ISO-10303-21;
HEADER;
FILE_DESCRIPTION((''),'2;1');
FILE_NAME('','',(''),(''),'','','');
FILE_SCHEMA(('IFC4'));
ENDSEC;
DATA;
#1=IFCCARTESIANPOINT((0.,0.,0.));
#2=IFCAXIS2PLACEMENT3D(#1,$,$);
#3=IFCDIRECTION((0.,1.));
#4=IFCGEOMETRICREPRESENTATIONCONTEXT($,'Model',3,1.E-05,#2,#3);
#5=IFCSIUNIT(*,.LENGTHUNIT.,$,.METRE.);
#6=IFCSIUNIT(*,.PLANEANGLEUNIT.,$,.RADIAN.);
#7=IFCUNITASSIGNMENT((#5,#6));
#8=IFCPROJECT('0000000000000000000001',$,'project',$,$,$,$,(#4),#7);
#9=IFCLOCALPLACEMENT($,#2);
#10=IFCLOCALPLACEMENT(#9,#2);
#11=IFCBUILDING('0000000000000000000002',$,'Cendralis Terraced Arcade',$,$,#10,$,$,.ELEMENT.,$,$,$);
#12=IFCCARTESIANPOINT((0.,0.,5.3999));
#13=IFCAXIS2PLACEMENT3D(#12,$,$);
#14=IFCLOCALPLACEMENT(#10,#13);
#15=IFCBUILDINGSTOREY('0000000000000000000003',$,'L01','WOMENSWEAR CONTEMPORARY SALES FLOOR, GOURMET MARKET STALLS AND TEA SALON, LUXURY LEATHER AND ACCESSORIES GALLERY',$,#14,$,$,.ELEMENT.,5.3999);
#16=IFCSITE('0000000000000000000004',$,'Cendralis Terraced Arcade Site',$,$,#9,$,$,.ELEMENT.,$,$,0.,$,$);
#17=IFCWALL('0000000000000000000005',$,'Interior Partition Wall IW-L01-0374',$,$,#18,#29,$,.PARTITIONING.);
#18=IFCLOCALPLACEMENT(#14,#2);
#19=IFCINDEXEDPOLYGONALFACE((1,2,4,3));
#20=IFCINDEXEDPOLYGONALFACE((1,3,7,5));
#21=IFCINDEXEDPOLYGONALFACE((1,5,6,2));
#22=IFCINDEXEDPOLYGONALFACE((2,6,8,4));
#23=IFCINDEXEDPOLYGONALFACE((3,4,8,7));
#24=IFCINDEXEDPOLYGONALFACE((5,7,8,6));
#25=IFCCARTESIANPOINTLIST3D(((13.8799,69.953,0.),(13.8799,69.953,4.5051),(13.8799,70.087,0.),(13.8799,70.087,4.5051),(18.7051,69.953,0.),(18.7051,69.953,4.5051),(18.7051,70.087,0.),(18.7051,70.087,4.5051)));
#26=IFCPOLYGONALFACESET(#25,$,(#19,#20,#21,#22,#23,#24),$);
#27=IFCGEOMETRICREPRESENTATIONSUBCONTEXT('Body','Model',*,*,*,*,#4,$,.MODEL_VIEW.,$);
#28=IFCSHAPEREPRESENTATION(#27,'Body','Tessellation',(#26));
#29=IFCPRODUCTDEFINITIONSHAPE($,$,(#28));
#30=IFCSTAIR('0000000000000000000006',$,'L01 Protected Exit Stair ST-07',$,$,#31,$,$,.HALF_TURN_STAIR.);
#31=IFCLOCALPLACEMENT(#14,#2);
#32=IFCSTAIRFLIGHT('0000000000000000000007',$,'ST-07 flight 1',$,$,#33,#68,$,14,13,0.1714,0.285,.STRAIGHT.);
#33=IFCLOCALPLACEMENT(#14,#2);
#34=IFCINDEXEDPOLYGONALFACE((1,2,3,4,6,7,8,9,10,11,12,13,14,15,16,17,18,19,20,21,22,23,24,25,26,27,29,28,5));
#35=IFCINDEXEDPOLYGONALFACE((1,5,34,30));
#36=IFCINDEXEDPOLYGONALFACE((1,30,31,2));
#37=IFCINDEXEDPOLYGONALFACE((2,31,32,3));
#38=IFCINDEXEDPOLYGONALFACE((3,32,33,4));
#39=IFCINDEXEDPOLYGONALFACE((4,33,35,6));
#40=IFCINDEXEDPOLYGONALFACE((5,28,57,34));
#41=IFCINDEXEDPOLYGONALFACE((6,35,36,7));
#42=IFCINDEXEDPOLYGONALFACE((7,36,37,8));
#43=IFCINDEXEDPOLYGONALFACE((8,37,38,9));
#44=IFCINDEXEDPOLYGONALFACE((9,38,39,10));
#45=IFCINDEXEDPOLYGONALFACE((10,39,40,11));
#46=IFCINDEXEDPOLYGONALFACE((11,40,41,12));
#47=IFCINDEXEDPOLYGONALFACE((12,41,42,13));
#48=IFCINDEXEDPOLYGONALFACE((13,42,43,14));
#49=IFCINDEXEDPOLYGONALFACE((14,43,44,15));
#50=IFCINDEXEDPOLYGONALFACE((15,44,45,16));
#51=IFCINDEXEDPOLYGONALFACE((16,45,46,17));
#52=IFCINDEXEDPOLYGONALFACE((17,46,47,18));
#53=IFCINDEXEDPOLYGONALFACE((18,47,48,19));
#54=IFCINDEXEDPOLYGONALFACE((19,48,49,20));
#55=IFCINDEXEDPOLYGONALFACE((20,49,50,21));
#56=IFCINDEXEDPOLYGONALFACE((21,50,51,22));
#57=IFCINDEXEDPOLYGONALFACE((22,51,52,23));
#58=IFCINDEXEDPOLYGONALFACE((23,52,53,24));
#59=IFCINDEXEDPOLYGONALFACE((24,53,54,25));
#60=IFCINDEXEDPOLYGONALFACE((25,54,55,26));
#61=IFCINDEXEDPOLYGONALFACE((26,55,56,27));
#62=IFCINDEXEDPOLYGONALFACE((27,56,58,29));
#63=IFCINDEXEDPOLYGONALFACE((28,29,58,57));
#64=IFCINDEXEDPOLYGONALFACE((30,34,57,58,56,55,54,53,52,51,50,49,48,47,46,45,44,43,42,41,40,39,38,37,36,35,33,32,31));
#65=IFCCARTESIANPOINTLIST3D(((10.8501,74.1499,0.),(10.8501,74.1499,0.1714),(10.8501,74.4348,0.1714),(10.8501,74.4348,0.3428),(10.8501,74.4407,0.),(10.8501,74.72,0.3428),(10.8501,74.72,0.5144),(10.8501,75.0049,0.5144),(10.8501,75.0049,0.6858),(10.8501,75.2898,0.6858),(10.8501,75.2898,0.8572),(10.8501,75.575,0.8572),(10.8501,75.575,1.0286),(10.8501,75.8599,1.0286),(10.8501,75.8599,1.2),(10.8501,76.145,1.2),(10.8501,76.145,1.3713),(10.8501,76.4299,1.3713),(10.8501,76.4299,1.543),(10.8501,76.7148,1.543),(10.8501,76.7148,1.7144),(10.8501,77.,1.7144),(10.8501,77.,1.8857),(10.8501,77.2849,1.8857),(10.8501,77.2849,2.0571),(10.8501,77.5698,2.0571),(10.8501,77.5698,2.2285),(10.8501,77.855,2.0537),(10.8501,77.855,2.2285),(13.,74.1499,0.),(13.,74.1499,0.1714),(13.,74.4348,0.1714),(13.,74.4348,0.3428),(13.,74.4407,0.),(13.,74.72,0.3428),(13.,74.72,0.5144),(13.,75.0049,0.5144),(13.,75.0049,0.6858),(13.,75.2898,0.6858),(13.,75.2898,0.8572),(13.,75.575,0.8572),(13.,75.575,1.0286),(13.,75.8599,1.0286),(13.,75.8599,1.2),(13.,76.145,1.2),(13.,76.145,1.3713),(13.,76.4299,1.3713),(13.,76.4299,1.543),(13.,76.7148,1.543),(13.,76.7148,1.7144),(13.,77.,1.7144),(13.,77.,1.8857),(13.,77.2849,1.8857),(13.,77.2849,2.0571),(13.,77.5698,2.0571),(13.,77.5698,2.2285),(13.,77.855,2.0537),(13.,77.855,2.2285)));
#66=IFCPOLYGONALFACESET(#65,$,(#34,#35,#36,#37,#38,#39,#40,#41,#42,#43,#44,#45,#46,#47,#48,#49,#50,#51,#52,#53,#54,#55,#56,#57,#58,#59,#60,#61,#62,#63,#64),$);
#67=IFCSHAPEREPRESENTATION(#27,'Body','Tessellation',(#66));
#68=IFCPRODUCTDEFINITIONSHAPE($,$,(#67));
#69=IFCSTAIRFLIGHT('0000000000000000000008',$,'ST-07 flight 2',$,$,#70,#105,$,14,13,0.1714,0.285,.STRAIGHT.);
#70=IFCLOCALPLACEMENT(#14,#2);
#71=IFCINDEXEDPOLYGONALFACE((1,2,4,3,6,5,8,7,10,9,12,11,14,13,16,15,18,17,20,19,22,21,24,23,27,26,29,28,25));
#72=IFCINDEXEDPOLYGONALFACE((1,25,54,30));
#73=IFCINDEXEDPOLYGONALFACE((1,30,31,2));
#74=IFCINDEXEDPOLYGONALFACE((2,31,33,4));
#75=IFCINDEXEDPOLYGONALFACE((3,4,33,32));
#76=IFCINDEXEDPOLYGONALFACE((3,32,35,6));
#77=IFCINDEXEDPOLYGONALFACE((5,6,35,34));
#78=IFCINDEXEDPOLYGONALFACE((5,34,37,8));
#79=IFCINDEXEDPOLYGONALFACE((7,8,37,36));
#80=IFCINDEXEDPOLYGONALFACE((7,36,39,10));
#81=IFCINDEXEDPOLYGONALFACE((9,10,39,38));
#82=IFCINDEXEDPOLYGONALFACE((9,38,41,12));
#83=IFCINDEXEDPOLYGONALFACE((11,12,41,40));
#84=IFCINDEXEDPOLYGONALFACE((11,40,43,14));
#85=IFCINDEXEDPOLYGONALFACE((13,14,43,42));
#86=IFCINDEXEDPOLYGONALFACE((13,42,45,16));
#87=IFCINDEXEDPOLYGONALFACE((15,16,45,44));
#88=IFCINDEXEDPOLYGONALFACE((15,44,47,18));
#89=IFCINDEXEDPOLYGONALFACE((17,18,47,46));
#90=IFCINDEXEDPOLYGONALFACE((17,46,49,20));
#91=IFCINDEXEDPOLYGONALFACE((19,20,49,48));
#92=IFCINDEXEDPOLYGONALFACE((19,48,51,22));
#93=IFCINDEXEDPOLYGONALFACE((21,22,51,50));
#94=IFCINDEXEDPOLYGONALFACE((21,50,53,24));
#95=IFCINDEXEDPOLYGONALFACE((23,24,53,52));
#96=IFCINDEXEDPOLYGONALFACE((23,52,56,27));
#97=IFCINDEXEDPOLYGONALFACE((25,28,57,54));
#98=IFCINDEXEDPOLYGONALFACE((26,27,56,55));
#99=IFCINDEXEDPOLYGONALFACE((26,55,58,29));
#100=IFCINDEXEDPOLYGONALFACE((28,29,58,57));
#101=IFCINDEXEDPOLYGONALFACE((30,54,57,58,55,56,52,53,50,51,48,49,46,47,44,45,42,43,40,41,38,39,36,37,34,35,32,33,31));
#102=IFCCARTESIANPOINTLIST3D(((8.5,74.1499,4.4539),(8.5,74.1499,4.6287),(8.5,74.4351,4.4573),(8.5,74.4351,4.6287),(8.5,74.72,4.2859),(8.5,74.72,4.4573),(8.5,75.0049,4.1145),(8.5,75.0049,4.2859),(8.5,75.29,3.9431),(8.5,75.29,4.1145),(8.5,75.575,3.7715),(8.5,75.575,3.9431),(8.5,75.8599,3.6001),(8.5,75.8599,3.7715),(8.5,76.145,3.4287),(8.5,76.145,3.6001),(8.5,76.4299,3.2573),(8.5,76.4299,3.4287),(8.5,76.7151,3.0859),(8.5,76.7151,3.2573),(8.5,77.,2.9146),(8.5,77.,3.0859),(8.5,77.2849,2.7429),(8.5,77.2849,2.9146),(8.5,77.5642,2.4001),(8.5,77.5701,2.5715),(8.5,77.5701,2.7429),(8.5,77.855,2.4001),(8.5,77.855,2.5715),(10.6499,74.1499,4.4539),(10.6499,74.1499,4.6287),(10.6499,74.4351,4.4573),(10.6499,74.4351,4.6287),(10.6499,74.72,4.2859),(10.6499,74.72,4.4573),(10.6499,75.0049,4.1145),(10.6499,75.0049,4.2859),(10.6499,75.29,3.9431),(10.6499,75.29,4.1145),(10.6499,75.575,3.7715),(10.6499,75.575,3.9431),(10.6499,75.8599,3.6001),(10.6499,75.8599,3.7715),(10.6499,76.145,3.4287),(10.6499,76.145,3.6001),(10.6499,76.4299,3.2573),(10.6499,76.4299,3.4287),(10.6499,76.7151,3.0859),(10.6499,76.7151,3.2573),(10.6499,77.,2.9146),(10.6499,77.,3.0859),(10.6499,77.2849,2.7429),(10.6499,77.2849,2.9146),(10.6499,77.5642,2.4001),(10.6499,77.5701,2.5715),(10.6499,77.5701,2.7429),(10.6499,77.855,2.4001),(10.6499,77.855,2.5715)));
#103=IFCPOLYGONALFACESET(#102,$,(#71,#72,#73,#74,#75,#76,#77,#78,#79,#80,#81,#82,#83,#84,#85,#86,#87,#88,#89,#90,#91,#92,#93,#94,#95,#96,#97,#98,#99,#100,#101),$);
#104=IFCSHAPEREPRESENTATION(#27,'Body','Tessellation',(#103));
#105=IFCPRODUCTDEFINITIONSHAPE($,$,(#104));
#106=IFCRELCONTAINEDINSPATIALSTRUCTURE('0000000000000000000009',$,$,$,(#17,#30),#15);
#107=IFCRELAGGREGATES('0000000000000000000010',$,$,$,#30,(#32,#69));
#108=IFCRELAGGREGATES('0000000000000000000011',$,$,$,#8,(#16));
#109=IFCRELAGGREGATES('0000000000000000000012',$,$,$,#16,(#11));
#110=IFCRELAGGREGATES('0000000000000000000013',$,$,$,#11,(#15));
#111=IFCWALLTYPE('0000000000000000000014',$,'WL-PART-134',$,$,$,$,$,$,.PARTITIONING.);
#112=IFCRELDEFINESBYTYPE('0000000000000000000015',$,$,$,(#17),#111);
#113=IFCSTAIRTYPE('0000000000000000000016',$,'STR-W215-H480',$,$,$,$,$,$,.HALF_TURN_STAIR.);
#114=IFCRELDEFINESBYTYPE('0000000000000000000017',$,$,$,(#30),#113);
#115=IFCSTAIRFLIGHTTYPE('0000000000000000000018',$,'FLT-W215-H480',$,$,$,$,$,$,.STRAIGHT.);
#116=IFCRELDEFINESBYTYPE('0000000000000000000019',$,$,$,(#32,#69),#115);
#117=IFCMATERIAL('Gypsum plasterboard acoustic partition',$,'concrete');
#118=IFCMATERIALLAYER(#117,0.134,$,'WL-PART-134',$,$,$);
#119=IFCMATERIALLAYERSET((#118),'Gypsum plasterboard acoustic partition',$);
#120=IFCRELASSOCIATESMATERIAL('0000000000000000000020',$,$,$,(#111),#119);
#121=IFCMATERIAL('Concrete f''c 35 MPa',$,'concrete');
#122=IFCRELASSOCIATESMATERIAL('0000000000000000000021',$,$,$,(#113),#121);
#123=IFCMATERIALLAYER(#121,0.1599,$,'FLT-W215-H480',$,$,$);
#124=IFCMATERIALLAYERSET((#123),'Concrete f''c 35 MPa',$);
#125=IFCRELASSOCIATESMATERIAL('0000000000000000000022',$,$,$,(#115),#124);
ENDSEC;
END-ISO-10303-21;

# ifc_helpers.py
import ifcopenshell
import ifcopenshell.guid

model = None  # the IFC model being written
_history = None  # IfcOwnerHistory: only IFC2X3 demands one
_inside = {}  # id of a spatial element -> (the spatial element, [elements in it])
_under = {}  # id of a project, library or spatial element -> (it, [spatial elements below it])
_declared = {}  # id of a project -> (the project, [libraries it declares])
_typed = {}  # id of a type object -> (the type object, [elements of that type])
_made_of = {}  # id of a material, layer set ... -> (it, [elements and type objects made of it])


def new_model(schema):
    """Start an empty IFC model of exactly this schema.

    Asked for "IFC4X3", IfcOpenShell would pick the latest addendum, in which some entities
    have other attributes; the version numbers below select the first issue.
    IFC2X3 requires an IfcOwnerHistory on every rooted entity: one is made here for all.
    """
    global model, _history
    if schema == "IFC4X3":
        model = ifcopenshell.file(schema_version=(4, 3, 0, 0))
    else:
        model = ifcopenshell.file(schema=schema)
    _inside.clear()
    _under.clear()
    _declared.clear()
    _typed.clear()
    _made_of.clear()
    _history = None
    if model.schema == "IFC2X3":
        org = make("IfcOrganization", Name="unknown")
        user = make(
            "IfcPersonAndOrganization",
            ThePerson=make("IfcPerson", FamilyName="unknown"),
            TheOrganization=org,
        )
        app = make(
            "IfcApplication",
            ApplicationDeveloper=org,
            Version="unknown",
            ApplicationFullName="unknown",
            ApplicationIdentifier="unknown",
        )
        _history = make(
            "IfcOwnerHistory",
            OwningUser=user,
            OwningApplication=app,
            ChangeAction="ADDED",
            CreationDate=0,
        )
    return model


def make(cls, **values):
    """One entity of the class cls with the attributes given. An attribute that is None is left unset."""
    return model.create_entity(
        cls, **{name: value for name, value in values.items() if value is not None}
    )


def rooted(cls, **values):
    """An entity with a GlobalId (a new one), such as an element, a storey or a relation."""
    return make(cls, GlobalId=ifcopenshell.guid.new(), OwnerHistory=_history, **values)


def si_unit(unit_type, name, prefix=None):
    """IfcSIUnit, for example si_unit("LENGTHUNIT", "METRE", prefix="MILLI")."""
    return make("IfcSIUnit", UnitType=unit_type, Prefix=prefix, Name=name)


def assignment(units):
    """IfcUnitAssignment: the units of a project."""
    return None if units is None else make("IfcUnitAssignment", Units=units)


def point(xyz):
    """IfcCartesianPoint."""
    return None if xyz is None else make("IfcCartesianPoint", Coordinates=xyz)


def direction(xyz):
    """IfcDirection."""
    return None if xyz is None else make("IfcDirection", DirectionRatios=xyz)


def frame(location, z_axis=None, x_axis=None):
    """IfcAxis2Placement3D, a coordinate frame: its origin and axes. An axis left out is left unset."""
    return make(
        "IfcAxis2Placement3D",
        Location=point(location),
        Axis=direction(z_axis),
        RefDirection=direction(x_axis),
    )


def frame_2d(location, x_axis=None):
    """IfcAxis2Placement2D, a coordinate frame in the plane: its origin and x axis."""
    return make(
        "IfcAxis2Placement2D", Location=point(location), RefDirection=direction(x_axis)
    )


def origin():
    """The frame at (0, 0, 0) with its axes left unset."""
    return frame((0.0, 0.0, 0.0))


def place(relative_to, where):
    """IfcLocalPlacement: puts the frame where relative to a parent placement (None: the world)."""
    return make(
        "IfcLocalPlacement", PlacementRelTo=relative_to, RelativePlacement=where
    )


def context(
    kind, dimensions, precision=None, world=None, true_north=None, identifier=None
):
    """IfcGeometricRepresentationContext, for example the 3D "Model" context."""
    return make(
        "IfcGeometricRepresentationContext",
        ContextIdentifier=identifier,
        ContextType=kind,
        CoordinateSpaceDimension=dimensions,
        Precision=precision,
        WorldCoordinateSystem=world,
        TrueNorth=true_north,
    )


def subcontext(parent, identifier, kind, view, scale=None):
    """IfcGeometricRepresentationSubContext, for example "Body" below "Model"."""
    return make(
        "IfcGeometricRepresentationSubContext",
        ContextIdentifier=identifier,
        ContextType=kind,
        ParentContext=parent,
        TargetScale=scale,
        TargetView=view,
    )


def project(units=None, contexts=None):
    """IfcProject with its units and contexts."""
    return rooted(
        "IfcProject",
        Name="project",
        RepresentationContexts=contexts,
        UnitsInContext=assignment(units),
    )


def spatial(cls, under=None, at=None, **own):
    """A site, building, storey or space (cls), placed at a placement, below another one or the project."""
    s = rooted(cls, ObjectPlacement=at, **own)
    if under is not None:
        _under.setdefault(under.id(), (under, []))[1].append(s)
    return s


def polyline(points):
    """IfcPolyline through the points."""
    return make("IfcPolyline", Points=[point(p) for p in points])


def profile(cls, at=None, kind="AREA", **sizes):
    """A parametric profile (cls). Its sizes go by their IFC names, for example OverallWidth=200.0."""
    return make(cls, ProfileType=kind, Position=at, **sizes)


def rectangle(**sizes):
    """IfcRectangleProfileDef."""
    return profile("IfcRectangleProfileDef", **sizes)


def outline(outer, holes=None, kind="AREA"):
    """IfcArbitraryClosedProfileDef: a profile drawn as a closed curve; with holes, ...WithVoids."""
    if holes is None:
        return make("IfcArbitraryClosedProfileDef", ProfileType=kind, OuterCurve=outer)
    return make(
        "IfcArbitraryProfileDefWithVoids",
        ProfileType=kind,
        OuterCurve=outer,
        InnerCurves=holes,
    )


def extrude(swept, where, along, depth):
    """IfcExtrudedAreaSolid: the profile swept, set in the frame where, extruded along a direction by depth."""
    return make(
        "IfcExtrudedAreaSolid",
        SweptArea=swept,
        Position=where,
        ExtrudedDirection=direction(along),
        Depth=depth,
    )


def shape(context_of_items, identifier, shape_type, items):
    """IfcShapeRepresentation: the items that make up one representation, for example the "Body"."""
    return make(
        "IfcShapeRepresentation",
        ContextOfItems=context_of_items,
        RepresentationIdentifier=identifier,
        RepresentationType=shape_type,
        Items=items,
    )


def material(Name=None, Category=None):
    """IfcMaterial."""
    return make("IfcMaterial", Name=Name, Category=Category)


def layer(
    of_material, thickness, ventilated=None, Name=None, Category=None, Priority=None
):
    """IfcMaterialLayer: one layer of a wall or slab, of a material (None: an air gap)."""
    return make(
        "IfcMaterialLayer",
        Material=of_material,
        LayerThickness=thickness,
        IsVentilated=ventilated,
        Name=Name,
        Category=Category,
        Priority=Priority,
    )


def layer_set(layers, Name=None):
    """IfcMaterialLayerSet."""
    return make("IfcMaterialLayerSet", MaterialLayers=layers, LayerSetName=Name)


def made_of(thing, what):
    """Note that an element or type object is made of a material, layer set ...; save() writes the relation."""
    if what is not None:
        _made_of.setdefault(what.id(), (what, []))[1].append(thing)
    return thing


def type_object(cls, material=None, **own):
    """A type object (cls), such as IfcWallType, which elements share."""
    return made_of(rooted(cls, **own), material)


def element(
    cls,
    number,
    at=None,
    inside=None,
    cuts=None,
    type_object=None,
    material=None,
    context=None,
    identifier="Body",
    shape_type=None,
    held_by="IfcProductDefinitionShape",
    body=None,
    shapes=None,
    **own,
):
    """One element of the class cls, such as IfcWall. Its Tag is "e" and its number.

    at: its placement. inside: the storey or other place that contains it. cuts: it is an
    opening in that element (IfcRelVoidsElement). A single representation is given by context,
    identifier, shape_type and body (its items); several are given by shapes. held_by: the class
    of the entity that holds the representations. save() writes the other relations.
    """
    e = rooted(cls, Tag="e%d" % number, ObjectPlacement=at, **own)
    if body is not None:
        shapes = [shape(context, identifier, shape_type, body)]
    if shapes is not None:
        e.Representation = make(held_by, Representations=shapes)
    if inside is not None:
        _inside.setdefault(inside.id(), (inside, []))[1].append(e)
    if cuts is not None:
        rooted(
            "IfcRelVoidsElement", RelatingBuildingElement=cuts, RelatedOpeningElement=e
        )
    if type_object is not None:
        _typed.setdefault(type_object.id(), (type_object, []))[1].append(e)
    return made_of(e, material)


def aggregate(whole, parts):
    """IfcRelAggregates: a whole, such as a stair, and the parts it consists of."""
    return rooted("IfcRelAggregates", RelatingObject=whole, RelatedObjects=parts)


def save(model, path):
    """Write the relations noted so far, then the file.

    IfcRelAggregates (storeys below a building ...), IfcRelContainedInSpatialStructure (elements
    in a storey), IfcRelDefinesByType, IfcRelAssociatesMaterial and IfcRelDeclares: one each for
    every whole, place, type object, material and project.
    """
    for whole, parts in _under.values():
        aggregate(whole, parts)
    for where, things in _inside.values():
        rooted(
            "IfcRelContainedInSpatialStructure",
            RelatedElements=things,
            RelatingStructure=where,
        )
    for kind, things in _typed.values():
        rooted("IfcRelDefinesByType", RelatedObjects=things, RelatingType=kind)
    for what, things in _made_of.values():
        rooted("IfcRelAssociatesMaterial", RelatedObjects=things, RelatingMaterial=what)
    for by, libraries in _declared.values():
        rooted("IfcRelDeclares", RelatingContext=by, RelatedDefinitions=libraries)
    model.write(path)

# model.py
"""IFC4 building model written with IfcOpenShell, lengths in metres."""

from ifc_helpers import new_model, si_unit, direction, frame, frame_2d, origin, place, context, subcontext, project, spatial, polyline, rectangle, outline, extrude, material, layer, layer_set, type_object, element, aggregate, save


model = new_model("IFC4")

# Units and contexts
model_context = context("Model", 3, precision=1e-05, world=origin(), true_north=direction((0.0, 1.0)))
body_context = subcontext(model_context, "Body", "Model", "MODEL_VIEW")
ifc_project = project(units=[si_unit("LENGTHUNIT", "METRE"), si_unit("PLANEANGLEUNIT", "RADIAN")], contexts=[model_context])

# Site, building, storey
site_placement = place(None, origin())
site = spatial("IfcSite", under=ifc_project, at=site_placement, Name="Cendralis Terraced Arcade Site", CompositionType="ELEMENT", RefElevation=0.0)
building_placement = place(site_placement, origin())
building = spatial("IfcBuilding", under=site, at=building_placement, Name="Cendralis Terraced Arcade", CompositionType="ELEMENT")
storey_placement = place(building_placement, frame((0.0, 0.0, 5.3999)))
storey = spatial("IfcBuildingStorey", under=building, at=storey_placement, Name="L01", Description="WOMENSWEAR CONTEMPORARY SALES FLOOR, GOURMET MARKET STALLS AND TEA SALON, LUXURY LEATHER AND ACCESSORIES GALLERY", CompositionType="ELEMENT", Elevation=5.3999)

# Wall
ifc_material_1 = material(Name="Gypsum plasterboard acoustic partition", Category="concrete")
ifc_layer_1 = layer(ifc_material_1, 0.134, Name="WL-PART-134")
ifc_layer_set_1 = layer_set([ifc_layer_1], Name="Gypsum plasterboard acoustic partition")
wall_type_1 = type_object("IfcWallType", Name="WL-PART-134", PredefinedType="PARTITIONING", material=ifc_layer_set_1)
wall_1_placement = place(storey_placement, frame((13.8799, 70.02, 0.0), z_axis=(0.0, 0.0, 1.0), x_axis=(1.0, 0.0, 0.0)))
element("IfcWall", 1, at=wall_1_placement, inside=storey, type_object=wall_type_1, Name="Interior Partition Wall IW-L01-0374", PredefinedType="PARTITIONING", context=body_context, shape_type="SweptSolid", body=[
    extrude(rectangle(XDim=4.8252, YDim=0.134, at=frame_2d((2.4126, 0.0))), origin(), (0.0, 0.0, 1.0), 4.5051),
])

# Stair, stair flights
ifc_material_2 = material(Name="Concrete f'c 35 MPa", Category="concrete")
stair_type = type_object("IfcStairType", Name="STR-W215-H480", PredefinedType="HALF_TURN_STAIR", material=ifc_material_2)
stair_placement = place(storey_placement, origin())
stair = element("IfcStair", 2, at=stair_placement, inside=storey, type_object=stair_type, Name="L01 Protected Exit Stair ST-07", PredefinedType="HALF_TURN_STAIR")
ifc_layer_2 = layer(ifc_material_2, 0.1599, Name="FLT-W215-H480")
ifc_layer_set_2 = layer_set([ifc_layer_2], Name="Concrete f'c 35 MPa")
stair_flight_type = type_object("IfcStairFlightType", Name="FLT-W215-H480", PredefinedType="STRAIGHT", material=ifc_layer_set_2)
stair_flight_1_placement = place(storey_placement, frame((11.925, 74.1499, 0.0), z_axis=(0.0, 0.0, 1.0), x_axis=(0.0, 1.0, 0.0)))
stair_flight_1 = element("IfcStairFlight", 3, at=stair_flight_1_placement, type_object=stair_flight_type, Name="ST-07 flight 1", NumberOfRisers=14, NumberOfTreads=13, PredefinedType="STRAIGHT", RiserHeight=0.1714, TreadLength=0.285, context=body_context, shape_type="SweptSolid", body=[
    extrude(outline(polyline([(0.0, 0.0), (0.0, 0.1714), (0.2849, 0.1714), (0.2849, 0.3428), (0.5701, 0.3428), (0.5701, 0.5144), (0.855, 0.5144), (0.855, 0.6858), (1.1399, 0.6858), (1.1399, 0.8572), (1.425, 0.8572), (1.425, 1.0286), (1.71, 1.0286), (1.71, 1.2), (1.9951, 1.2), (1.9951, 1.3713), (2.28, 1.3713), (2.28, 1.543), (2.5649, 1.543), (2.5649, 1.7144), (2.8501, 1.7144), (2.8501, 1.8857), (3.135, 1.8857), (3.135, 2.0571), (3.4199, 2.0571), (3.4199, 2.2285), (3.7051, 2.2285), (3.7051, 2.3999), (3.7051, 2.0537), (0.2908, 0.0), (0.0, 0.0)])), frame((0.0, 1.075, 0.0), z_axis=(0.0, -1.0, 0.0), x_axis=(1.0, 0.0, 0.0)), (0.0, 0.0, 1.0), 2.1499),
])
stair_flight_2_placement = place(storey_placement, frame((9.575, 77.855, 2.4001), z_axis=(0.0, 0.0, 1.0), x_axis=(0.0, -1.0, 0.0)))
stair_flight_2 = element("IfcStairFlight", 4, at=stair_flight_2_placement, type_object=stair_flight_type, Name="ST-07 flight 2", NumberOfRisers=14, NumberOfTreads=13, PredefinedType="STRAIGHT", RiserHeight=0.1714, TreadLength=0.285, context=body_context, shape_type="SweptSolid", body=[
    extrude(outline(polyline([(0.0, 0.0), (0.0, 0.1714), (0.2849, 0.1714), (0.2849, 0.3428), (0.5701, 0.3428), (0.5701, 0.5144), (0.855, 0.5144), (0.855, 0.6858), (1.1399, 0.6858), (1.1399, 0.8572), (1.425, 0.8572), (1.425, 1.0286), (1.71, 1.0286), (1.71, 1.2), (1.9951, 1.2), (1.9951, 1.3713), (2.28, 1.3713), (2.28, 1.543), (2.5649, 1.543), (2.5649, 1.7144), (2.8501, 1.7144), (2.8501, 1.8857), (3.135, 1.8857), (3.135, 2.0571), (3.4199, 2.0571), (3.4199, 2.2285), (3.7051, 2.2285), (3.7051, 2.3999), (3.7051, 2.0537), (0.2908, 0.0), (0.0, 0.0)])), frame((0.0, 1.075, 0.0), z_axis=(0.0, -1.0, 0.0), x_axis=(1.0, 0.0, 0.0)), (0.0, 0.0, 1.0), 2.1499),
])
aggregate(stair, [stair_flight_1, stair_flight_2])

save(model, "model.ifc")
